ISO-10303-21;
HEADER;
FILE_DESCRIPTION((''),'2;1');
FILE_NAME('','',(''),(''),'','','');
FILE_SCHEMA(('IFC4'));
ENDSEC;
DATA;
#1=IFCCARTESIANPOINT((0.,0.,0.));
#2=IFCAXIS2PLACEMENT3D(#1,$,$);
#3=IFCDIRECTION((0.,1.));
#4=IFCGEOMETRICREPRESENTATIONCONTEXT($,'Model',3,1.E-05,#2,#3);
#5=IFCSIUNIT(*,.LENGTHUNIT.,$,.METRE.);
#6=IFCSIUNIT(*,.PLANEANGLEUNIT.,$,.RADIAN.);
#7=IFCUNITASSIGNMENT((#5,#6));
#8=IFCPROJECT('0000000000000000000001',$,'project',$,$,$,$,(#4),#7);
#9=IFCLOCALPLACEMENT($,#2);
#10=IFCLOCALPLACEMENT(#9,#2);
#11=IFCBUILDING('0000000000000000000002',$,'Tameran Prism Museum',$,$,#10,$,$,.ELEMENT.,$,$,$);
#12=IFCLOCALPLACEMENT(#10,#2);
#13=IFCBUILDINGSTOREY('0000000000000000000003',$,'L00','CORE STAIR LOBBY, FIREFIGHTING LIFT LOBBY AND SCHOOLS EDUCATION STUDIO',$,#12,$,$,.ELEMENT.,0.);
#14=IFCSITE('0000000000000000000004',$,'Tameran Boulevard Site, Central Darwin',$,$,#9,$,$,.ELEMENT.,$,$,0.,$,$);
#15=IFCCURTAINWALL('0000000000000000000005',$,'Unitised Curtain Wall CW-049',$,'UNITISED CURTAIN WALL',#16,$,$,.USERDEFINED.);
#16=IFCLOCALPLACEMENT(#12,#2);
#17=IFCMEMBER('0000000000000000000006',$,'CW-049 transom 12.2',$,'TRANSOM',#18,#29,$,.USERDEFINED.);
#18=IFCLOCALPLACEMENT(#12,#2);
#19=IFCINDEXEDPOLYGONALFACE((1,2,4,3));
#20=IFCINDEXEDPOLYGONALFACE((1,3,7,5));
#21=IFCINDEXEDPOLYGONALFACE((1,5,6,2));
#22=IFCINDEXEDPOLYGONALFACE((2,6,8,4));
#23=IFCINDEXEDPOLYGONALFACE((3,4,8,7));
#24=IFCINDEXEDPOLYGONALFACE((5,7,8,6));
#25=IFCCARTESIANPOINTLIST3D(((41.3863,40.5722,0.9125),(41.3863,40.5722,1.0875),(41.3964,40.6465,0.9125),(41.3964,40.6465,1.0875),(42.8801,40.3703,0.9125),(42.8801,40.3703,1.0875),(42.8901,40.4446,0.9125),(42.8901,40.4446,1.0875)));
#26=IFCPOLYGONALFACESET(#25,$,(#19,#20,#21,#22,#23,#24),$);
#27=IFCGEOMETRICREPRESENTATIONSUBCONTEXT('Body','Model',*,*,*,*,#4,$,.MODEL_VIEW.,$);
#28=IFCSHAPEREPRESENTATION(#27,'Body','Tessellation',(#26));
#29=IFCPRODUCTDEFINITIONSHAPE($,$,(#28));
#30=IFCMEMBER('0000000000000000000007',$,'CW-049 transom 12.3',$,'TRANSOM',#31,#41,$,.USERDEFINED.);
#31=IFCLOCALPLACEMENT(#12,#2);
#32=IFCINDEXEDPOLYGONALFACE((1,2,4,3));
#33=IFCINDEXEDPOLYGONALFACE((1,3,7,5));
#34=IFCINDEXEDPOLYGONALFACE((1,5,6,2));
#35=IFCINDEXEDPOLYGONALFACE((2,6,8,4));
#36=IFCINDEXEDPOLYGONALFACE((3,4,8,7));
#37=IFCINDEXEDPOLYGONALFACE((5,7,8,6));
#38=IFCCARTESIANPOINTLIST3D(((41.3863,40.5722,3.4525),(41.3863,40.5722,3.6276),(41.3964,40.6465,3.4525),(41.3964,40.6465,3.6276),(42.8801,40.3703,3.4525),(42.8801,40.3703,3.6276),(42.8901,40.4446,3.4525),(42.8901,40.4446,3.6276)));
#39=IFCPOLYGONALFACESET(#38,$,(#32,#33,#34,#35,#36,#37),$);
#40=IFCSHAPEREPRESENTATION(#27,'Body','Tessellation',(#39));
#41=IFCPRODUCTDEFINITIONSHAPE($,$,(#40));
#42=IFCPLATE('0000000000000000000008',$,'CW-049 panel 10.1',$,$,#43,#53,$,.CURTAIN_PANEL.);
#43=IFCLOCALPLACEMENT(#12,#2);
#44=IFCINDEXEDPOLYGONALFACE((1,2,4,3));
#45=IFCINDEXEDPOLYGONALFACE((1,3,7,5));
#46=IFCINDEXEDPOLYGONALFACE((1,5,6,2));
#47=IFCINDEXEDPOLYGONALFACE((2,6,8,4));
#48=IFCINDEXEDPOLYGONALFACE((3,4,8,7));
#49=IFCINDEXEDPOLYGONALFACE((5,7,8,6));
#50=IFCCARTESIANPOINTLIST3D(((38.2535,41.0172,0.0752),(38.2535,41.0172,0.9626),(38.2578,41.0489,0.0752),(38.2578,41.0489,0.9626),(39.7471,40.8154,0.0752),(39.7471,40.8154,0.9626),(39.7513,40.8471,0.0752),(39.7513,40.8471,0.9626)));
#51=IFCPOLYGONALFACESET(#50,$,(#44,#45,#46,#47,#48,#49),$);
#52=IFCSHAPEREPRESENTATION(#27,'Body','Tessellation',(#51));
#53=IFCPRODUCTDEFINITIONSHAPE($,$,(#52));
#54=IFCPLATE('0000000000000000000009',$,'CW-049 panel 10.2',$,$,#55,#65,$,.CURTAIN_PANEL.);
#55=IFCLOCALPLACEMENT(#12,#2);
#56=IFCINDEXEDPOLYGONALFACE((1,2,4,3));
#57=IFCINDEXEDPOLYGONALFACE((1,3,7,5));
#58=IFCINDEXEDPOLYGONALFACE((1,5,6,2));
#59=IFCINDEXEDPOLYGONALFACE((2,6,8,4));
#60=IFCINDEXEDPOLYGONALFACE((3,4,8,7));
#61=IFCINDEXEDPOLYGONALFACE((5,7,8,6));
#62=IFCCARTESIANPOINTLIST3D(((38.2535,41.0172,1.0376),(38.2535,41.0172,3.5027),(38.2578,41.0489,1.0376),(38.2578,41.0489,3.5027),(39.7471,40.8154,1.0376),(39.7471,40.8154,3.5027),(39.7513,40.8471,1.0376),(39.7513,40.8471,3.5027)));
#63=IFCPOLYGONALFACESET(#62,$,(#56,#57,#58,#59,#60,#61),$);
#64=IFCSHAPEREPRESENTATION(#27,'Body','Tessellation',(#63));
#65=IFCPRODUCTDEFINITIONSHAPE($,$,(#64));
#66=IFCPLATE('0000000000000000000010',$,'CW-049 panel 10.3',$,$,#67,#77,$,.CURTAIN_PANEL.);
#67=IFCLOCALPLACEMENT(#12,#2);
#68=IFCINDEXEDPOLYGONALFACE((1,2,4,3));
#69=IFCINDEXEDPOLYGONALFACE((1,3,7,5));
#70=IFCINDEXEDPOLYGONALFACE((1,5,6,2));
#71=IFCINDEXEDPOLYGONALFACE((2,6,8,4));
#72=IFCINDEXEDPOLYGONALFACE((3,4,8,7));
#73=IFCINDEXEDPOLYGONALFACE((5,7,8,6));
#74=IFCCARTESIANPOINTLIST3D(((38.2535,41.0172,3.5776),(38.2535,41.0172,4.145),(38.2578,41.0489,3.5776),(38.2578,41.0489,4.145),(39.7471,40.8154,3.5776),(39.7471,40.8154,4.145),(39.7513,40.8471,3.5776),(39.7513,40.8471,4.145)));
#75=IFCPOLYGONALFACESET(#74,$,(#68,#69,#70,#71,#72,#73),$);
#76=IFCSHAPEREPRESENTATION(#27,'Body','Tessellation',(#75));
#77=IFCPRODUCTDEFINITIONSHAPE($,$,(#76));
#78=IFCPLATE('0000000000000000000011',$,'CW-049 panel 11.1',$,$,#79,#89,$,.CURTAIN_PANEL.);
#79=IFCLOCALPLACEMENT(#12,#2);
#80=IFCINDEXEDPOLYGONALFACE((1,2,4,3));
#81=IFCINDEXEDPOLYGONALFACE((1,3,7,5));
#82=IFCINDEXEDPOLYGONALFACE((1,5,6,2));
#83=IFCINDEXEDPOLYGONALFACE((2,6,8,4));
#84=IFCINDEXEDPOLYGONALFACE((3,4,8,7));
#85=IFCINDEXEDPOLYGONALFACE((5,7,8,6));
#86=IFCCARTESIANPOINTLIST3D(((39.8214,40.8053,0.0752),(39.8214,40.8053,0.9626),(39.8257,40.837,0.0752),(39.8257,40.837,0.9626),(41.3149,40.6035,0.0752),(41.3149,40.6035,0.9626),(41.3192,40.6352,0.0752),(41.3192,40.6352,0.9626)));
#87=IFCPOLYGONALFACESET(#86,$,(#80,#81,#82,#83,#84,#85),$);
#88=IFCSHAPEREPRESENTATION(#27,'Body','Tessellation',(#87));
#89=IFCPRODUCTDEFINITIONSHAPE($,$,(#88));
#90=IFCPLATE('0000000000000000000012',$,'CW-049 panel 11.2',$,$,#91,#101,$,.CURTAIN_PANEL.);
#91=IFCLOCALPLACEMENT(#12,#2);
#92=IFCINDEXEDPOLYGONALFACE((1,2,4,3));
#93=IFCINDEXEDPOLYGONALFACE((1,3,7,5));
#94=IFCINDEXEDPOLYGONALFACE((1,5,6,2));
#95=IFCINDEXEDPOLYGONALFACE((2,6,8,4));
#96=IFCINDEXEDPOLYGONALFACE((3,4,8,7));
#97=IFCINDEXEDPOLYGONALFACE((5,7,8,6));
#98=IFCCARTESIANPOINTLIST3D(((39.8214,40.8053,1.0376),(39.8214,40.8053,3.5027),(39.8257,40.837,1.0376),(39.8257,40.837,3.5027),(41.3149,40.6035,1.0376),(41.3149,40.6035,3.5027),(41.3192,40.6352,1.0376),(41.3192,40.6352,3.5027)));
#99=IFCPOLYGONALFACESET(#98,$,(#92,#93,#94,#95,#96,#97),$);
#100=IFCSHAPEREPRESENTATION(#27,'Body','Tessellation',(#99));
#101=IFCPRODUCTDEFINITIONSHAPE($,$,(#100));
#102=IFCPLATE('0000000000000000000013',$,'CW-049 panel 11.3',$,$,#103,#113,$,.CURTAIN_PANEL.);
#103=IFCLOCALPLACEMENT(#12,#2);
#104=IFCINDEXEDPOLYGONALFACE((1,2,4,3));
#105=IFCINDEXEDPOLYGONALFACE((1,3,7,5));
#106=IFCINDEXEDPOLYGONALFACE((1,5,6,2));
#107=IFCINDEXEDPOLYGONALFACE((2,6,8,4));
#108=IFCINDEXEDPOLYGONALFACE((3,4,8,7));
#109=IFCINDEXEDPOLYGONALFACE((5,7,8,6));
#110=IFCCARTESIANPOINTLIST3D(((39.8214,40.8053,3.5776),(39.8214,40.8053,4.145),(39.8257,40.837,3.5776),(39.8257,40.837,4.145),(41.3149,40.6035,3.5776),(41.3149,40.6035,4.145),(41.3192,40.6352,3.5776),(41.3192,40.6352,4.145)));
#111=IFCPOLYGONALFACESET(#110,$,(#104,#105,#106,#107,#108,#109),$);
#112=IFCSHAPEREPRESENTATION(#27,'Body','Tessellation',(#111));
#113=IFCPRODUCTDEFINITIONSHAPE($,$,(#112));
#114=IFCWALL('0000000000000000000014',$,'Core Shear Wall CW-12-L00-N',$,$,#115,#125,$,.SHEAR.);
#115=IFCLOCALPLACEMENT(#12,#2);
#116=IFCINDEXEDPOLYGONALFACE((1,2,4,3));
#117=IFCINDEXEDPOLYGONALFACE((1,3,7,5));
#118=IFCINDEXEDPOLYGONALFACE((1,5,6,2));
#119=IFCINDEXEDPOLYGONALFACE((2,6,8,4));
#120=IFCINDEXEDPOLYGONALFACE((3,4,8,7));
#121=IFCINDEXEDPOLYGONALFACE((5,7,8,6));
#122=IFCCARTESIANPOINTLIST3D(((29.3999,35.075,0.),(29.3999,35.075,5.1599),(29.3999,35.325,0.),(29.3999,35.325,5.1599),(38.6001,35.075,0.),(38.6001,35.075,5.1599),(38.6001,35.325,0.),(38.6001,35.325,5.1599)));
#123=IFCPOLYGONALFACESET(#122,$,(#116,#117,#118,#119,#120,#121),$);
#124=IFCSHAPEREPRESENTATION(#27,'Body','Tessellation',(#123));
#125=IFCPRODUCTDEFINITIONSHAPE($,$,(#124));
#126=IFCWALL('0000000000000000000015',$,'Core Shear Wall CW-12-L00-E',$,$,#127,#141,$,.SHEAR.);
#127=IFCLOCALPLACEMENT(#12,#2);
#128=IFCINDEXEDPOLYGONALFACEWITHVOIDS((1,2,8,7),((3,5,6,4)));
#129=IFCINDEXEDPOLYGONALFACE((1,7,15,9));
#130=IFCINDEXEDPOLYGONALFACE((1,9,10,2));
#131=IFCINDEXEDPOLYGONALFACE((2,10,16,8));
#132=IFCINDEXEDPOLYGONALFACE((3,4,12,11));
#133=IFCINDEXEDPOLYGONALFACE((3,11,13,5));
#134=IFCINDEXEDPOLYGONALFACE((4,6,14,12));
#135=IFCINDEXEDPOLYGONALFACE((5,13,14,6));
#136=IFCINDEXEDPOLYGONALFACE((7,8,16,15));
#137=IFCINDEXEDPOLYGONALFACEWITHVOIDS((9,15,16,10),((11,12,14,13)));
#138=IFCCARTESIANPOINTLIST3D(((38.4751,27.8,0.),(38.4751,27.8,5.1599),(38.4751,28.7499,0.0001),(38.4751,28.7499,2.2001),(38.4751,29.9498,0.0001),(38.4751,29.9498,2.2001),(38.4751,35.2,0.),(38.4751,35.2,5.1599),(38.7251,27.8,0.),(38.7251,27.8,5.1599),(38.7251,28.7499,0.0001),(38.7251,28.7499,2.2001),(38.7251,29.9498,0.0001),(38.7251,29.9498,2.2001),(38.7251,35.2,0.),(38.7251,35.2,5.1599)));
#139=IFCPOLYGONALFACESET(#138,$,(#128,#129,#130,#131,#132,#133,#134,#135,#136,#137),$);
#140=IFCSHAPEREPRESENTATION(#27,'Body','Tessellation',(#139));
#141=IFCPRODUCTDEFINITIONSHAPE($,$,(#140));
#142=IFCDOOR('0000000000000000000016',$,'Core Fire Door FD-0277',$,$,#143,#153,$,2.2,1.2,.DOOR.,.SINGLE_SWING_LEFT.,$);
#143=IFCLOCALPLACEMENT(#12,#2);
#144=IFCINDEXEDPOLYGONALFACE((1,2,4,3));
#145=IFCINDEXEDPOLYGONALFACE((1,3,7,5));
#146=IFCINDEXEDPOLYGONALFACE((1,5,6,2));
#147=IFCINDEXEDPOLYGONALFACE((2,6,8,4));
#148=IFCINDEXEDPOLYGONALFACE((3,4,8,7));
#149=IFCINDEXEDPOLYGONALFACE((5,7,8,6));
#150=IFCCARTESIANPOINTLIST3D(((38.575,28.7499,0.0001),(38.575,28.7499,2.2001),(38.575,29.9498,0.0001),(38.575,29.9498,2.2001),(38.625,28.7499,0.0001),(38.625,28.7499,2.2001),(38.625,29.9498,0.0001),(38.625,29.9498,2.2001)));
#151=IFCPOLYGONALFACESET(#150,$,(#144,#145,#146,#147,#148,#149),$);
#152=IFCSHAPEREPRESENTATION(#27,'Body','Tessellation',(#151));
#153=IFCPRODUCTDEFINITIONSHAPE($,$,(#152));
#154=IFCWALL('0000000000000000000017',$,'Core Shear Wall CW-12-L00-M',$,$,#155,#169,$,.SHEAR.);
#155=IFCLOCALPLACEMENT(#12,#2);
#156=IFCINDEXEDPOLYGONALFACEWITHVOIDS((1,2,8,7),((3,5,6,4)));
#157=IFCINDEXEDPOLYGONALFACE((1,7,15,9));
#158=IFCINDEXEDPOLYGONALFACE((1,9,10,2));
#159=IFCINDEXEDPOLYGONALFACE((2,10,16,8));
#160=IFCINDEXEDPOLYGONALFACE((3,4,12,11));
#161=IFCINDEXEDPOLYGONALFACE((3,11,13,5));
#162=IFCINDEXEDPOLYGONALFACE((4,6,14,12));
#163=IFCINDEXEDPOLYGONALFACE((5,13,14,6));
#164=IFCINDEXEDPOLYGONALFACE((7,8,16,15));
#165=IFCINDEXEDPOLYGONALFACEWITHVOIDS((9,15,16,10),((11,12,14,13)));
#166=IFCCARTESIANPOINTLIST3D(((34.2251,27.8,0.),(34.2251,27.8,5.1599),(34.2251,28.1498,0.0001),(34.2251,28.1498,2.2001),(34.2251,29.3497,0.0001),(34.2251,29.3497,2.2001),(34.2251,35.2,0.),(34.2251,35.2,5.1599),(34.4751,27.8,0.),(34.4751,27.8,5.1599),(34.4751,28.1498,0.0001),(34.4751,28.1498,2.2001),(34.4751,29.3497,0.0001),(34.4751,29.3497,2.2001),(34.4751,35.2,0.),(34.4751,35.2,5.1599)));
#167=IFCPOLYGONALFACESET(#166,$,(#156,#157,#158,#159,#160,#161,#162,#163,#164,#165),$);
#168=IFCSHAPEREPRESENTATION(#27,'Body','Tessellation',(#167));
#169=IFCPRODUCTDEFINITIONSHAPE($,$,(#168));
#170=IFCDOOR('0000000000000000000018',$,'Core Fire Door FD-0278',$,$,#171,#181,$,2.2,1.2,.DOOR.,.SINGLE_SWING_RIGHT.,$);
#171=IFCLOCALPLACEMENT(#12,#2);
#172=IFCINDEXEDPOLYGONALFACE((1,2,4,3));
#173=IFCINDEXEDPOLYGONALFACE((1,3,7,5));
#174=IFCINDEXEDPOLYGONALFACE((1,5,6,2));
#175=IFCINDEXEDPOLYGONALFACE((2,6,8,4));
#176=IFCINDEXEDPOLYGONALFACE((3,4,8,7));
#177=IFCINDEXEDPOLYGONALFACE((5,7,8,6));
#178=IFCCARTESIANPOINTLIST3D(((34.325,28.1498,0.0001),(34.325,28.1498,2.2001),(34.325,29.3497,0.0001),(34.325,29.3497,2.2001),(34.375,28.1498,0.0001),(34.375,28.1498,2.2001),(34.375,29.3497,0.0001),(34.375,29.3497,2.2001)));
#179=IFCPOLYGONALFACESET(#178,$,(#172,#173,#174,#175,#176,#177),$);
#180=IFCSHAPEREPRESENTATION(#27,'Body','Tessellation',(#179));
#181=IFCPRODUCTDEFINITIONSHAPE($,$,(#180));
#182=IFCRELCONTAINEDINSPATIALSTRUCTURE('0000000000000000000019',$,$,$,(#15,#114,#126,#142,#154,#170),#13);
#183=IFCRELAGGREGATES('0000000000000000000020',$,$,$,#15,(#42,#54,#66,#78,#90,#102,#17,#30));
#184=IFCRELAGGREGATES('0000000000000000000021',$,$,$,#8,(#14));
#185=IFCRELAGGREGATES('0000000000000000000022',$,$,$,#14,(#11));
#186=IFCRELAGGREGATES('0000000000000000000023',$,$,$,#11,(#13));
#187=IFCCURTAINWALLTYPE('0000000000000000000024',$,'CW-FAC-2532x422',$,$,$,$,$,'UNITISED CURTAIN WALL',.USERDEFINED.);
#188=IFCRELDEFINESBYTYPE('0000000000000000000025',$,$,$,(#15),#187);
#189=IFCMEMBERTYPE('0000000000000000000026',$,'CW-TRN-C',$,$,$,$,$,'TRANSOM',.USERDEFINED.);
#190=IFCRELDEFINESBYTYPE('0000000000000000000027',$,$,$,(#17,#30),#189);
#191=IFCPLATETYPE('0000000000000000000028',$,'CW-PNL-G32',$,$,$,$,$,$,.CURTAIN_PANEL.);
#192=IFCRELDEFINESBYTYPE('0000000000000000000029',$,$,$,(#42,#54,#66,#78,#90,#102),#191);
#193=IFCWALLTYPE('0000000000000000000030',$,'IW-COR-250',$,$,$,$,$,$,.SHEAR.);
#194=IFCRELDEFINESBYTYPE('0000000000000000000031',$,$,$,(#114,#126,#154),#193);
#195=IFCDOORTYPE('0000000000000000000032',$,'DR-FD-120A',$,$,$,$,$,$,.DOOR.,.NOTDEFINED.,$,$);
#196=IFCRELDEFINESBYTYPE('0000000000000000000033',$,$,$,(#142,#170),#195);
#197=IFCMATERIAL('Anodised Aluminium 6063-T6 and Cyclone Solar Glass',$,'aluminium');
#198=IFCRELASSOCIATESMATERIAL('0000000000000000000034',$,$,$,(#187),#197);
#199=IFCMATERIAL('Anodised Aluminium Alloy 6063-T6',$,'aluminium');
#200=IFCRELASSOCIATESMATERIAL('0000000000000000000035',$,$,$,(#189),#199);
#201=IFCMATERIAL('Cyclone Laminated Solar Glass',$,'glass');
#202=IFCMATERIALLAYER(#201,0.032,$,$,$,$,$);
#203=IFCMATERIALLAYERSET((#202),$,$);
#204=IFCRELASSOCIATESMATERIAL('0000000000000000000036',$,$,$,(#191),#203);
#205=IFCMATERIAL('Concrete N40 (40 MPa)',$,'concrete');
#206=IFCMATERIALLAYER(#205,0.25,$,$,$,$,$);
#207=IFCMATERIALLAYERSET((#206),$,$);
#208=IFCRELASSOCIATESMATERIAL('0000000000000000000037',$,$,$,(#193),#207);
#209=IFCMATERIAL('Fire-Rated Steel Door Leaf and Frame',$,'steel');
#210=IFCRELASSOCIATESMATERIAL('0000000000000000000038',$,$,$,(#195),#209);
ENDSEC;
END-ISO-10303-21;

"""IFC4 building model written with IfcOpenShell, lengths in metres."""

from ifc_helpers import new_model, si_unit, direction, frame, frame_2d, origin, origin_2d, place, context, subcontext, project, spatial, rectangle, extrude, material, layer, layer_set, material_profile, profile_set, type_object, element, fill, aggregate, save


model = new_model("IFC4")

# Units and contexts
model_context = context("Model", 3, precision=1e-05, world=origin(), true_north=direction((0.0, 1.0)))
body_context = subcontext(model_context, "Body", "Model", "MODEL_VIEW")
ifc_project = project(units=[si_unit("LENGTHUNIT", "METRE"), si_unit("PLANEANGLEUNIT", "RADIAN")], contexts=[model_context])

# Site, building, storey
site_placement = place(None, origin())
site = spatial("IfcSite", under=ifc_project, at=site_placement, Name="Tameran Boulevard Site, Central Darwin", CompositionType="ELEMENT", RefElevation=0.0)
building_placement = place(site_placement, origin())
building = spatial("IfcBuilding", under=site, at=building_placement, Name="Tameran Prism Museum", CompositionType="ELEMENT")
storey_placement = place(building_placement, origin())
storey = spatial("IfcBuildingStorey", under=building, at=storey_placement, Name="L00", Description="CORE STAIR LOBBY, FIREFIGHTING LIFT LOBBY AND SCHOOLS EDUCATION STUDIO", CompositionType="ELEMENT", Elevation=0.0)

# Curtain wall, members, plates
ifc_material_1 = material(Name="Anodised Aluminium 6063-T6 and Cyclone Solar Glass", Category="aluminium")
curtain_wall_type = type_object("IfcCurtainWallType", Name="CW-FAC-2532x422", ElementType="UNITISED CURTAIN WALL", PredefinedType="USERDEFINED", material=ifc_material_1)
curtain_wall_placement = place(storey_placement, origin())
curtain_wall = element("IfcCurtainWall", 1, at=curtain_wall_placement, inside=storey, type_object=curtain_wall_type, Name="Unitised Curtain Wall CW-049", ObjectType="UNITISED CURTAIN WALL", PredefinedType="USERDEFINED")
ifc_material_2 = material(Name="Anodised Aluminium Alloy 6063-T6", Category="aluminium")
ifc_material_profile_1 = material_profile(ifc_material_2, rectangle(XDim=0.075, YDim=0.175, at=origin_2d()))
ifc_profile_set_1 = profile_set([ifc_material_profile_1])
member_type_1 = type_object("IfcMemberType", Name="CW-TRN-C", ElementType="TRANSOM", PredefinedType="USERDEFINED", material=ifc_profile_set_1)
member_1_placement = place(storey_placement, frame((41.3914, 40.6094, 1.0), z_axis=(0.990987, -0.133957, 0.0), x_axis=(0.133957, 0.990987, 0.0)))
member_1 = element("IfcMember", 2, at=member_1_placement, type_object=member_type_1, Name="CW-049 transom 12.2", ObjectType="TRANSOM", PredefinedType="USERDEFINED", context=body_context, shape_type="SweptSolid", body=[
    extrude(rectangle(XDim=0.075, YDim=0.175, at=origin_2d()), origin(), (0.0, 0.0, 1.0), 1.5073),
])
member_2_placement = place(storey_placement, frame((41.3914, 40.6094, 3.54), z_axis=(0.990987, -0.133957, 0.0), x_axis=(0.133957, 0.990987, 0.0)))
member_2 = element("IfcMember", 3, at=member_2_placement, type_object=member_type_1, Name="CW-049 transom 12.3", ObjectType="TRANSOM", PredefinedType="USERDEFINED", context=body_context, shape_type="SweptSolid", body=[
    extrude(rectangle(XDim=0.075, YDim=0.175, at=origin_2d()), origin(), (0.0, 0.0, 1.0), 1.5073),
])
ifc_material_3 = material(Name="Cyclone Laminated Solar Glass", Category="glass")
ifc_layer_1 = layer(ifc_material_3, 0.032)
ifc_layer_set_1 = layer_set([ifc_layer_1])
plate_type = type_object("IfcPlateType", Name="CW-PNL-G32", PredefinedType="CURTAIN_PANEL", material=ifc_layer_set_1)
plate_1_placement = place(storey_placement, frame((39.0024, 40.9321, 0.0752), z_axis=(0.0, 0.0, 1.0), x_axis=(0.990993, -0.133913, 0.0)))
plate_1 = element("IfcPlate", 4, at=plate_1_placement, type_object=plate_type, Name="CW-049 panel 10.1", PredefinedType="CURTAIN_PANEL", context=body_context, shape_type="SweptSolid", body=[
    extrude(rectangle(XDim=1.5071, YDim=0.032, at=origin_2d()), origin(), (0.0, 0.0, 1.0), 0.8875),
])
plate_2_placement = place(storey_placement, frame((39.0024, 40.9321, 1.0376), z_axis=(0.0, 0.0, 1.0), x_axis=(0.990993, -0.133913, 0.0)))
plate_2 = element("IfcPlate", 5, at=plate_2_placement, type_object=plate_type, Name="CW-049 panel 10.2", PredefinedType="CURTAIN_PANEL", context=body_context, shape_type="SweptSolid", body=[
    extrude(rectangle(XDim=1.5071, YDim=0.032, at=origin_2d()), origin(), (0.0, 0.0, 1.0), 2.4651),
])
plate_3_placement = place(storey_placement, frame((39.0024, 40.9321, 3.5776), z_axis=(0.0, 0.0, 1.0), x_axis=(0.990993, -0.133913, 0.0)))
plate_3 = element("IfcPlate", 6, at=plate_3_placement, type_object=plate_type, Name="CW-049 panel 10.3", PredefinedType="CURTAIN_PANEL", context=body_context, shape_type="SweptSolid", body=[
    extrude(rectangle(XDim=1.5071, YDim=0.032, at=origin_2d()), origin(), (0.0, 0.0, 1.0), 0.5674),
])
plate_4_placement = place(storey_placement, frame((40.5703, 40.7202, 0.0752), z_axis=(0.0, 0.0, 1.0), x_axis=(0.990993, -0.133913, 0.0)))
plate_4 = element("IfcPlate", 7, at=plate_4_placement, type_object=plate_type, Name="CW-049 panel 11.1", PredefinedType="CURTAIN_PANEL", context=body_context, shape_type="SweptSolid", body=[
    extrude(rectangle(XDim=1.5071, YDim=0.032, at=origin_2d()), origin(), (0.0, 0.0, 1.0), 0.8875),
])
plate_5_placement = place(storey_placement, frame((40.5703, 40.7202, 1.0376), z_axis=(0.0, 0.0, 1.0), x_axis=(0.990993, -0.133913, 0.0)))
plate_5 = element("IfcPlate", 8, at=plate_5_placement, type_object=plate_type, Name="CW-049 panel 11.2", PredefinedType="CURTAIN_PANEL", context=body_context, shape_type="SweptSolid", body=[
    extrude(rectangle(XDim=1.5071, YDim=0.032, at=origin_2d()), origin(), (0.0, 0.0, 1.0), 2.4651),
])
plate_6_placement = place(storey_placement, frame((40.5703, 40.7202, 3.5776), z_axis=(0.0, 0.0, 1.0), x_axis=(0.990993, -0.133913, 0.0)))
plate_6 = element("IfcPlate", 9, at=plate_6_placement, type_object=plate_type, Name="CW-049 panel 11.3", PredefinedType="CURTAIN_PANEL", context=body_context, shape_type="SweptSolid", body=[
    extrude(rectangle(XDim=1.5071, YDim=0.032, at=origin_2d()), origin(), (0.0, 0.0, 1.0), 0.5674),
])
aggregate(curtain_wall, [plate_1, plate_2, plate_3, plate_4, plate_5, plate_6, member_1, member_2])

# Wall
ifc_material_4 = material(Name="Concrete N40 (40 MPa)", Category="concrete")
ifc_layer_2 = layer(ifc_material_4, 0.25)
ifc_layer_set_2 = layer_set([ifc_layer_2])
wall_type = type_object("IfcWallType", Name="IW-COR-250", PredefinedType="SHEAR", material=ifc_layer_set_2)
wall_1_placement = place(storey_placement, frame((29.3999, 35.2, 0.0), z_axis=(0.0, 0.0, 1.0), x_axis=(1.0, 0.0, 0.0)))
element("IfcWall", 10, at=wall_1_placement, inside=storey, type_object=wall_type, Name="Core Shear Wall CW-12-L00-N", PredefinedType="SHEAR", context=body_context, shape_type="SweptSolid", body=[
    extrude(rectangle(XDim=9.2002, YDim=0.25, at=frame_2d((4.6001, 0.0))), origin(), (0.0, 0.0, 1.0), 5.1599),
])

# Walls, openings, doors
wall_2_placement = place(storey_placement, frame((38.6001, 35.2, 0.0), z_axis=(0.0, 0.0, 1.0), x_axis=(0.0, -1.0, 0.0)))
wall_2 = element("IfcWall", 11, at=wall_2_placement, inside=storey, type_object=wall_type, Name="Core Shear Wall CW-12-L00-E", PredefinedType="SHEAR", context=body_context, shape_type="SweptSolid", body=[
    extrude(rectangle(XDim=7.3999, YDim=0.25, at=frame_2d((3.7, 0.0))), origin(), (0.0, 0.0, 1.0), 5.1599),
])
opening_1_placement = place(wall_2_placement, frame((5.25, 0.0, 0.0)))
opening_1 = element("IfcOpeningElement", 12, at=opening_1_placement, cuts=wall_2, PredefinedType="OPENING", context=body_context, shape_type="SweptSolid", body=[
    extrude(rectangle(XDim=1.2, YDim=2.2, at=frame_2d((0.6001, 1.1001))), frame((0.0, 0.135, 0.0), z_axis=(0.0, -1.0, 0.0), x_axis=(1.0, 0.0, 0.0)), (0.0, 0.0, 1.0), 0.27),
])
ifc_material_5 = material(Name="Fire-Rated Steel Door Leaf and Frame", Category="steel")
door_type = type_object("IfcDoorType", Name="DR-FD-120A", OperationType="NOTDEFINED", PredefinedType="DOOR", material=ifc_material_5)
door_1_placement = place(opening_1_placement, origin())
door_1 = element("IfcDoor", 13, at=door_1_placement, inside=storey, type_object=door_type, Name="Core Fire Door FD-0277", OperationType="SINGLE_SWING_LEFT", OverallHeight=2.2, OverallWidth=1.2, PredefinedType="DOOR", context=body_context, shape_type="SweptSolid", body=[
    extrude(rectangle(XDim=1.2, YDim=2.2, at=frame_2d((0.6001, 1.1001))), frame((0.0, 0.0249, 0.0), z_axis=(0.0, -1.0, 0.0), x_axis=(1.0, 0.0, 0.0)), (0.0, 0.0, 1.0), 0.05),
])
fill(opening_1, door_1)
wall_3_placement = place(storey_placement, frame((34.3501, 35.2, 0.0), z_axis=(0.0, 0.0, 1.0), x_axis=(0.0, -1.0, 0.0)))
wall_3 = element("IfcWall", 14, at=wall_3_placement, inside=storey, type_object=wall_type, Name="Core Shear Wall CW-12-L00-M", PredefinedType="SHEAR", context=body_context, shape_type="SweptSolid", body=[
    extrude(rectangle(XDim=7.3999, YDim=0.25, at=frame_2d((3.7, 0.0))), origin(), (0.0, 0.0, 1.0), 5.1599),
])
opening_2_placement = place(wall_3_placement, frame((5.8501, 0.0, 0.0)))
opening_2 = element("IfcOpeningElement", 15, at=opening_2_placement, cuts=wall_3, PredefinedType="OPENING", context=body_context, shape_type="SweptSolid", body=[
    extrude(rectangle(XDim=1.2, YDim=2.2, at=frame_2d((0.6001, 1.1001))), frame((0.0, 0.135, 0.0), z_axis=(0.0, -1.0, 0.0), x_axis=(1.0, 0.0, 0.0)), (0.0, 0.0, 1.0), 0.27),
])
door_2_placement = place(opening_2_placement, origin())
door_2 = element("IfcDoor", 16, at=door_2_placement, inside=storey, type_object=door_type, Name="Core Fire Door FD-0278", OperationType="SINGLE_SWING_RIGHT", OverallHeight=2.2, OverallWidth=1.2, PredefinedType="DOOR", context=body_context, shape_type="SweptSolid", body=[
    extrude(rectangle(XDim=1.2, YDim=2.2, at=frame_2d((0.6001, 1.1001))), frame((0.0, 0.0249, 0.0), z_axis=(0.0, -1.0, 0.0), x_axis=(1.0, 0.0, 0.0)), (0.0, 0.0, 1.0), 0.05),
])
fill(opening_2, door_2)

save(model, "model.ifc")
